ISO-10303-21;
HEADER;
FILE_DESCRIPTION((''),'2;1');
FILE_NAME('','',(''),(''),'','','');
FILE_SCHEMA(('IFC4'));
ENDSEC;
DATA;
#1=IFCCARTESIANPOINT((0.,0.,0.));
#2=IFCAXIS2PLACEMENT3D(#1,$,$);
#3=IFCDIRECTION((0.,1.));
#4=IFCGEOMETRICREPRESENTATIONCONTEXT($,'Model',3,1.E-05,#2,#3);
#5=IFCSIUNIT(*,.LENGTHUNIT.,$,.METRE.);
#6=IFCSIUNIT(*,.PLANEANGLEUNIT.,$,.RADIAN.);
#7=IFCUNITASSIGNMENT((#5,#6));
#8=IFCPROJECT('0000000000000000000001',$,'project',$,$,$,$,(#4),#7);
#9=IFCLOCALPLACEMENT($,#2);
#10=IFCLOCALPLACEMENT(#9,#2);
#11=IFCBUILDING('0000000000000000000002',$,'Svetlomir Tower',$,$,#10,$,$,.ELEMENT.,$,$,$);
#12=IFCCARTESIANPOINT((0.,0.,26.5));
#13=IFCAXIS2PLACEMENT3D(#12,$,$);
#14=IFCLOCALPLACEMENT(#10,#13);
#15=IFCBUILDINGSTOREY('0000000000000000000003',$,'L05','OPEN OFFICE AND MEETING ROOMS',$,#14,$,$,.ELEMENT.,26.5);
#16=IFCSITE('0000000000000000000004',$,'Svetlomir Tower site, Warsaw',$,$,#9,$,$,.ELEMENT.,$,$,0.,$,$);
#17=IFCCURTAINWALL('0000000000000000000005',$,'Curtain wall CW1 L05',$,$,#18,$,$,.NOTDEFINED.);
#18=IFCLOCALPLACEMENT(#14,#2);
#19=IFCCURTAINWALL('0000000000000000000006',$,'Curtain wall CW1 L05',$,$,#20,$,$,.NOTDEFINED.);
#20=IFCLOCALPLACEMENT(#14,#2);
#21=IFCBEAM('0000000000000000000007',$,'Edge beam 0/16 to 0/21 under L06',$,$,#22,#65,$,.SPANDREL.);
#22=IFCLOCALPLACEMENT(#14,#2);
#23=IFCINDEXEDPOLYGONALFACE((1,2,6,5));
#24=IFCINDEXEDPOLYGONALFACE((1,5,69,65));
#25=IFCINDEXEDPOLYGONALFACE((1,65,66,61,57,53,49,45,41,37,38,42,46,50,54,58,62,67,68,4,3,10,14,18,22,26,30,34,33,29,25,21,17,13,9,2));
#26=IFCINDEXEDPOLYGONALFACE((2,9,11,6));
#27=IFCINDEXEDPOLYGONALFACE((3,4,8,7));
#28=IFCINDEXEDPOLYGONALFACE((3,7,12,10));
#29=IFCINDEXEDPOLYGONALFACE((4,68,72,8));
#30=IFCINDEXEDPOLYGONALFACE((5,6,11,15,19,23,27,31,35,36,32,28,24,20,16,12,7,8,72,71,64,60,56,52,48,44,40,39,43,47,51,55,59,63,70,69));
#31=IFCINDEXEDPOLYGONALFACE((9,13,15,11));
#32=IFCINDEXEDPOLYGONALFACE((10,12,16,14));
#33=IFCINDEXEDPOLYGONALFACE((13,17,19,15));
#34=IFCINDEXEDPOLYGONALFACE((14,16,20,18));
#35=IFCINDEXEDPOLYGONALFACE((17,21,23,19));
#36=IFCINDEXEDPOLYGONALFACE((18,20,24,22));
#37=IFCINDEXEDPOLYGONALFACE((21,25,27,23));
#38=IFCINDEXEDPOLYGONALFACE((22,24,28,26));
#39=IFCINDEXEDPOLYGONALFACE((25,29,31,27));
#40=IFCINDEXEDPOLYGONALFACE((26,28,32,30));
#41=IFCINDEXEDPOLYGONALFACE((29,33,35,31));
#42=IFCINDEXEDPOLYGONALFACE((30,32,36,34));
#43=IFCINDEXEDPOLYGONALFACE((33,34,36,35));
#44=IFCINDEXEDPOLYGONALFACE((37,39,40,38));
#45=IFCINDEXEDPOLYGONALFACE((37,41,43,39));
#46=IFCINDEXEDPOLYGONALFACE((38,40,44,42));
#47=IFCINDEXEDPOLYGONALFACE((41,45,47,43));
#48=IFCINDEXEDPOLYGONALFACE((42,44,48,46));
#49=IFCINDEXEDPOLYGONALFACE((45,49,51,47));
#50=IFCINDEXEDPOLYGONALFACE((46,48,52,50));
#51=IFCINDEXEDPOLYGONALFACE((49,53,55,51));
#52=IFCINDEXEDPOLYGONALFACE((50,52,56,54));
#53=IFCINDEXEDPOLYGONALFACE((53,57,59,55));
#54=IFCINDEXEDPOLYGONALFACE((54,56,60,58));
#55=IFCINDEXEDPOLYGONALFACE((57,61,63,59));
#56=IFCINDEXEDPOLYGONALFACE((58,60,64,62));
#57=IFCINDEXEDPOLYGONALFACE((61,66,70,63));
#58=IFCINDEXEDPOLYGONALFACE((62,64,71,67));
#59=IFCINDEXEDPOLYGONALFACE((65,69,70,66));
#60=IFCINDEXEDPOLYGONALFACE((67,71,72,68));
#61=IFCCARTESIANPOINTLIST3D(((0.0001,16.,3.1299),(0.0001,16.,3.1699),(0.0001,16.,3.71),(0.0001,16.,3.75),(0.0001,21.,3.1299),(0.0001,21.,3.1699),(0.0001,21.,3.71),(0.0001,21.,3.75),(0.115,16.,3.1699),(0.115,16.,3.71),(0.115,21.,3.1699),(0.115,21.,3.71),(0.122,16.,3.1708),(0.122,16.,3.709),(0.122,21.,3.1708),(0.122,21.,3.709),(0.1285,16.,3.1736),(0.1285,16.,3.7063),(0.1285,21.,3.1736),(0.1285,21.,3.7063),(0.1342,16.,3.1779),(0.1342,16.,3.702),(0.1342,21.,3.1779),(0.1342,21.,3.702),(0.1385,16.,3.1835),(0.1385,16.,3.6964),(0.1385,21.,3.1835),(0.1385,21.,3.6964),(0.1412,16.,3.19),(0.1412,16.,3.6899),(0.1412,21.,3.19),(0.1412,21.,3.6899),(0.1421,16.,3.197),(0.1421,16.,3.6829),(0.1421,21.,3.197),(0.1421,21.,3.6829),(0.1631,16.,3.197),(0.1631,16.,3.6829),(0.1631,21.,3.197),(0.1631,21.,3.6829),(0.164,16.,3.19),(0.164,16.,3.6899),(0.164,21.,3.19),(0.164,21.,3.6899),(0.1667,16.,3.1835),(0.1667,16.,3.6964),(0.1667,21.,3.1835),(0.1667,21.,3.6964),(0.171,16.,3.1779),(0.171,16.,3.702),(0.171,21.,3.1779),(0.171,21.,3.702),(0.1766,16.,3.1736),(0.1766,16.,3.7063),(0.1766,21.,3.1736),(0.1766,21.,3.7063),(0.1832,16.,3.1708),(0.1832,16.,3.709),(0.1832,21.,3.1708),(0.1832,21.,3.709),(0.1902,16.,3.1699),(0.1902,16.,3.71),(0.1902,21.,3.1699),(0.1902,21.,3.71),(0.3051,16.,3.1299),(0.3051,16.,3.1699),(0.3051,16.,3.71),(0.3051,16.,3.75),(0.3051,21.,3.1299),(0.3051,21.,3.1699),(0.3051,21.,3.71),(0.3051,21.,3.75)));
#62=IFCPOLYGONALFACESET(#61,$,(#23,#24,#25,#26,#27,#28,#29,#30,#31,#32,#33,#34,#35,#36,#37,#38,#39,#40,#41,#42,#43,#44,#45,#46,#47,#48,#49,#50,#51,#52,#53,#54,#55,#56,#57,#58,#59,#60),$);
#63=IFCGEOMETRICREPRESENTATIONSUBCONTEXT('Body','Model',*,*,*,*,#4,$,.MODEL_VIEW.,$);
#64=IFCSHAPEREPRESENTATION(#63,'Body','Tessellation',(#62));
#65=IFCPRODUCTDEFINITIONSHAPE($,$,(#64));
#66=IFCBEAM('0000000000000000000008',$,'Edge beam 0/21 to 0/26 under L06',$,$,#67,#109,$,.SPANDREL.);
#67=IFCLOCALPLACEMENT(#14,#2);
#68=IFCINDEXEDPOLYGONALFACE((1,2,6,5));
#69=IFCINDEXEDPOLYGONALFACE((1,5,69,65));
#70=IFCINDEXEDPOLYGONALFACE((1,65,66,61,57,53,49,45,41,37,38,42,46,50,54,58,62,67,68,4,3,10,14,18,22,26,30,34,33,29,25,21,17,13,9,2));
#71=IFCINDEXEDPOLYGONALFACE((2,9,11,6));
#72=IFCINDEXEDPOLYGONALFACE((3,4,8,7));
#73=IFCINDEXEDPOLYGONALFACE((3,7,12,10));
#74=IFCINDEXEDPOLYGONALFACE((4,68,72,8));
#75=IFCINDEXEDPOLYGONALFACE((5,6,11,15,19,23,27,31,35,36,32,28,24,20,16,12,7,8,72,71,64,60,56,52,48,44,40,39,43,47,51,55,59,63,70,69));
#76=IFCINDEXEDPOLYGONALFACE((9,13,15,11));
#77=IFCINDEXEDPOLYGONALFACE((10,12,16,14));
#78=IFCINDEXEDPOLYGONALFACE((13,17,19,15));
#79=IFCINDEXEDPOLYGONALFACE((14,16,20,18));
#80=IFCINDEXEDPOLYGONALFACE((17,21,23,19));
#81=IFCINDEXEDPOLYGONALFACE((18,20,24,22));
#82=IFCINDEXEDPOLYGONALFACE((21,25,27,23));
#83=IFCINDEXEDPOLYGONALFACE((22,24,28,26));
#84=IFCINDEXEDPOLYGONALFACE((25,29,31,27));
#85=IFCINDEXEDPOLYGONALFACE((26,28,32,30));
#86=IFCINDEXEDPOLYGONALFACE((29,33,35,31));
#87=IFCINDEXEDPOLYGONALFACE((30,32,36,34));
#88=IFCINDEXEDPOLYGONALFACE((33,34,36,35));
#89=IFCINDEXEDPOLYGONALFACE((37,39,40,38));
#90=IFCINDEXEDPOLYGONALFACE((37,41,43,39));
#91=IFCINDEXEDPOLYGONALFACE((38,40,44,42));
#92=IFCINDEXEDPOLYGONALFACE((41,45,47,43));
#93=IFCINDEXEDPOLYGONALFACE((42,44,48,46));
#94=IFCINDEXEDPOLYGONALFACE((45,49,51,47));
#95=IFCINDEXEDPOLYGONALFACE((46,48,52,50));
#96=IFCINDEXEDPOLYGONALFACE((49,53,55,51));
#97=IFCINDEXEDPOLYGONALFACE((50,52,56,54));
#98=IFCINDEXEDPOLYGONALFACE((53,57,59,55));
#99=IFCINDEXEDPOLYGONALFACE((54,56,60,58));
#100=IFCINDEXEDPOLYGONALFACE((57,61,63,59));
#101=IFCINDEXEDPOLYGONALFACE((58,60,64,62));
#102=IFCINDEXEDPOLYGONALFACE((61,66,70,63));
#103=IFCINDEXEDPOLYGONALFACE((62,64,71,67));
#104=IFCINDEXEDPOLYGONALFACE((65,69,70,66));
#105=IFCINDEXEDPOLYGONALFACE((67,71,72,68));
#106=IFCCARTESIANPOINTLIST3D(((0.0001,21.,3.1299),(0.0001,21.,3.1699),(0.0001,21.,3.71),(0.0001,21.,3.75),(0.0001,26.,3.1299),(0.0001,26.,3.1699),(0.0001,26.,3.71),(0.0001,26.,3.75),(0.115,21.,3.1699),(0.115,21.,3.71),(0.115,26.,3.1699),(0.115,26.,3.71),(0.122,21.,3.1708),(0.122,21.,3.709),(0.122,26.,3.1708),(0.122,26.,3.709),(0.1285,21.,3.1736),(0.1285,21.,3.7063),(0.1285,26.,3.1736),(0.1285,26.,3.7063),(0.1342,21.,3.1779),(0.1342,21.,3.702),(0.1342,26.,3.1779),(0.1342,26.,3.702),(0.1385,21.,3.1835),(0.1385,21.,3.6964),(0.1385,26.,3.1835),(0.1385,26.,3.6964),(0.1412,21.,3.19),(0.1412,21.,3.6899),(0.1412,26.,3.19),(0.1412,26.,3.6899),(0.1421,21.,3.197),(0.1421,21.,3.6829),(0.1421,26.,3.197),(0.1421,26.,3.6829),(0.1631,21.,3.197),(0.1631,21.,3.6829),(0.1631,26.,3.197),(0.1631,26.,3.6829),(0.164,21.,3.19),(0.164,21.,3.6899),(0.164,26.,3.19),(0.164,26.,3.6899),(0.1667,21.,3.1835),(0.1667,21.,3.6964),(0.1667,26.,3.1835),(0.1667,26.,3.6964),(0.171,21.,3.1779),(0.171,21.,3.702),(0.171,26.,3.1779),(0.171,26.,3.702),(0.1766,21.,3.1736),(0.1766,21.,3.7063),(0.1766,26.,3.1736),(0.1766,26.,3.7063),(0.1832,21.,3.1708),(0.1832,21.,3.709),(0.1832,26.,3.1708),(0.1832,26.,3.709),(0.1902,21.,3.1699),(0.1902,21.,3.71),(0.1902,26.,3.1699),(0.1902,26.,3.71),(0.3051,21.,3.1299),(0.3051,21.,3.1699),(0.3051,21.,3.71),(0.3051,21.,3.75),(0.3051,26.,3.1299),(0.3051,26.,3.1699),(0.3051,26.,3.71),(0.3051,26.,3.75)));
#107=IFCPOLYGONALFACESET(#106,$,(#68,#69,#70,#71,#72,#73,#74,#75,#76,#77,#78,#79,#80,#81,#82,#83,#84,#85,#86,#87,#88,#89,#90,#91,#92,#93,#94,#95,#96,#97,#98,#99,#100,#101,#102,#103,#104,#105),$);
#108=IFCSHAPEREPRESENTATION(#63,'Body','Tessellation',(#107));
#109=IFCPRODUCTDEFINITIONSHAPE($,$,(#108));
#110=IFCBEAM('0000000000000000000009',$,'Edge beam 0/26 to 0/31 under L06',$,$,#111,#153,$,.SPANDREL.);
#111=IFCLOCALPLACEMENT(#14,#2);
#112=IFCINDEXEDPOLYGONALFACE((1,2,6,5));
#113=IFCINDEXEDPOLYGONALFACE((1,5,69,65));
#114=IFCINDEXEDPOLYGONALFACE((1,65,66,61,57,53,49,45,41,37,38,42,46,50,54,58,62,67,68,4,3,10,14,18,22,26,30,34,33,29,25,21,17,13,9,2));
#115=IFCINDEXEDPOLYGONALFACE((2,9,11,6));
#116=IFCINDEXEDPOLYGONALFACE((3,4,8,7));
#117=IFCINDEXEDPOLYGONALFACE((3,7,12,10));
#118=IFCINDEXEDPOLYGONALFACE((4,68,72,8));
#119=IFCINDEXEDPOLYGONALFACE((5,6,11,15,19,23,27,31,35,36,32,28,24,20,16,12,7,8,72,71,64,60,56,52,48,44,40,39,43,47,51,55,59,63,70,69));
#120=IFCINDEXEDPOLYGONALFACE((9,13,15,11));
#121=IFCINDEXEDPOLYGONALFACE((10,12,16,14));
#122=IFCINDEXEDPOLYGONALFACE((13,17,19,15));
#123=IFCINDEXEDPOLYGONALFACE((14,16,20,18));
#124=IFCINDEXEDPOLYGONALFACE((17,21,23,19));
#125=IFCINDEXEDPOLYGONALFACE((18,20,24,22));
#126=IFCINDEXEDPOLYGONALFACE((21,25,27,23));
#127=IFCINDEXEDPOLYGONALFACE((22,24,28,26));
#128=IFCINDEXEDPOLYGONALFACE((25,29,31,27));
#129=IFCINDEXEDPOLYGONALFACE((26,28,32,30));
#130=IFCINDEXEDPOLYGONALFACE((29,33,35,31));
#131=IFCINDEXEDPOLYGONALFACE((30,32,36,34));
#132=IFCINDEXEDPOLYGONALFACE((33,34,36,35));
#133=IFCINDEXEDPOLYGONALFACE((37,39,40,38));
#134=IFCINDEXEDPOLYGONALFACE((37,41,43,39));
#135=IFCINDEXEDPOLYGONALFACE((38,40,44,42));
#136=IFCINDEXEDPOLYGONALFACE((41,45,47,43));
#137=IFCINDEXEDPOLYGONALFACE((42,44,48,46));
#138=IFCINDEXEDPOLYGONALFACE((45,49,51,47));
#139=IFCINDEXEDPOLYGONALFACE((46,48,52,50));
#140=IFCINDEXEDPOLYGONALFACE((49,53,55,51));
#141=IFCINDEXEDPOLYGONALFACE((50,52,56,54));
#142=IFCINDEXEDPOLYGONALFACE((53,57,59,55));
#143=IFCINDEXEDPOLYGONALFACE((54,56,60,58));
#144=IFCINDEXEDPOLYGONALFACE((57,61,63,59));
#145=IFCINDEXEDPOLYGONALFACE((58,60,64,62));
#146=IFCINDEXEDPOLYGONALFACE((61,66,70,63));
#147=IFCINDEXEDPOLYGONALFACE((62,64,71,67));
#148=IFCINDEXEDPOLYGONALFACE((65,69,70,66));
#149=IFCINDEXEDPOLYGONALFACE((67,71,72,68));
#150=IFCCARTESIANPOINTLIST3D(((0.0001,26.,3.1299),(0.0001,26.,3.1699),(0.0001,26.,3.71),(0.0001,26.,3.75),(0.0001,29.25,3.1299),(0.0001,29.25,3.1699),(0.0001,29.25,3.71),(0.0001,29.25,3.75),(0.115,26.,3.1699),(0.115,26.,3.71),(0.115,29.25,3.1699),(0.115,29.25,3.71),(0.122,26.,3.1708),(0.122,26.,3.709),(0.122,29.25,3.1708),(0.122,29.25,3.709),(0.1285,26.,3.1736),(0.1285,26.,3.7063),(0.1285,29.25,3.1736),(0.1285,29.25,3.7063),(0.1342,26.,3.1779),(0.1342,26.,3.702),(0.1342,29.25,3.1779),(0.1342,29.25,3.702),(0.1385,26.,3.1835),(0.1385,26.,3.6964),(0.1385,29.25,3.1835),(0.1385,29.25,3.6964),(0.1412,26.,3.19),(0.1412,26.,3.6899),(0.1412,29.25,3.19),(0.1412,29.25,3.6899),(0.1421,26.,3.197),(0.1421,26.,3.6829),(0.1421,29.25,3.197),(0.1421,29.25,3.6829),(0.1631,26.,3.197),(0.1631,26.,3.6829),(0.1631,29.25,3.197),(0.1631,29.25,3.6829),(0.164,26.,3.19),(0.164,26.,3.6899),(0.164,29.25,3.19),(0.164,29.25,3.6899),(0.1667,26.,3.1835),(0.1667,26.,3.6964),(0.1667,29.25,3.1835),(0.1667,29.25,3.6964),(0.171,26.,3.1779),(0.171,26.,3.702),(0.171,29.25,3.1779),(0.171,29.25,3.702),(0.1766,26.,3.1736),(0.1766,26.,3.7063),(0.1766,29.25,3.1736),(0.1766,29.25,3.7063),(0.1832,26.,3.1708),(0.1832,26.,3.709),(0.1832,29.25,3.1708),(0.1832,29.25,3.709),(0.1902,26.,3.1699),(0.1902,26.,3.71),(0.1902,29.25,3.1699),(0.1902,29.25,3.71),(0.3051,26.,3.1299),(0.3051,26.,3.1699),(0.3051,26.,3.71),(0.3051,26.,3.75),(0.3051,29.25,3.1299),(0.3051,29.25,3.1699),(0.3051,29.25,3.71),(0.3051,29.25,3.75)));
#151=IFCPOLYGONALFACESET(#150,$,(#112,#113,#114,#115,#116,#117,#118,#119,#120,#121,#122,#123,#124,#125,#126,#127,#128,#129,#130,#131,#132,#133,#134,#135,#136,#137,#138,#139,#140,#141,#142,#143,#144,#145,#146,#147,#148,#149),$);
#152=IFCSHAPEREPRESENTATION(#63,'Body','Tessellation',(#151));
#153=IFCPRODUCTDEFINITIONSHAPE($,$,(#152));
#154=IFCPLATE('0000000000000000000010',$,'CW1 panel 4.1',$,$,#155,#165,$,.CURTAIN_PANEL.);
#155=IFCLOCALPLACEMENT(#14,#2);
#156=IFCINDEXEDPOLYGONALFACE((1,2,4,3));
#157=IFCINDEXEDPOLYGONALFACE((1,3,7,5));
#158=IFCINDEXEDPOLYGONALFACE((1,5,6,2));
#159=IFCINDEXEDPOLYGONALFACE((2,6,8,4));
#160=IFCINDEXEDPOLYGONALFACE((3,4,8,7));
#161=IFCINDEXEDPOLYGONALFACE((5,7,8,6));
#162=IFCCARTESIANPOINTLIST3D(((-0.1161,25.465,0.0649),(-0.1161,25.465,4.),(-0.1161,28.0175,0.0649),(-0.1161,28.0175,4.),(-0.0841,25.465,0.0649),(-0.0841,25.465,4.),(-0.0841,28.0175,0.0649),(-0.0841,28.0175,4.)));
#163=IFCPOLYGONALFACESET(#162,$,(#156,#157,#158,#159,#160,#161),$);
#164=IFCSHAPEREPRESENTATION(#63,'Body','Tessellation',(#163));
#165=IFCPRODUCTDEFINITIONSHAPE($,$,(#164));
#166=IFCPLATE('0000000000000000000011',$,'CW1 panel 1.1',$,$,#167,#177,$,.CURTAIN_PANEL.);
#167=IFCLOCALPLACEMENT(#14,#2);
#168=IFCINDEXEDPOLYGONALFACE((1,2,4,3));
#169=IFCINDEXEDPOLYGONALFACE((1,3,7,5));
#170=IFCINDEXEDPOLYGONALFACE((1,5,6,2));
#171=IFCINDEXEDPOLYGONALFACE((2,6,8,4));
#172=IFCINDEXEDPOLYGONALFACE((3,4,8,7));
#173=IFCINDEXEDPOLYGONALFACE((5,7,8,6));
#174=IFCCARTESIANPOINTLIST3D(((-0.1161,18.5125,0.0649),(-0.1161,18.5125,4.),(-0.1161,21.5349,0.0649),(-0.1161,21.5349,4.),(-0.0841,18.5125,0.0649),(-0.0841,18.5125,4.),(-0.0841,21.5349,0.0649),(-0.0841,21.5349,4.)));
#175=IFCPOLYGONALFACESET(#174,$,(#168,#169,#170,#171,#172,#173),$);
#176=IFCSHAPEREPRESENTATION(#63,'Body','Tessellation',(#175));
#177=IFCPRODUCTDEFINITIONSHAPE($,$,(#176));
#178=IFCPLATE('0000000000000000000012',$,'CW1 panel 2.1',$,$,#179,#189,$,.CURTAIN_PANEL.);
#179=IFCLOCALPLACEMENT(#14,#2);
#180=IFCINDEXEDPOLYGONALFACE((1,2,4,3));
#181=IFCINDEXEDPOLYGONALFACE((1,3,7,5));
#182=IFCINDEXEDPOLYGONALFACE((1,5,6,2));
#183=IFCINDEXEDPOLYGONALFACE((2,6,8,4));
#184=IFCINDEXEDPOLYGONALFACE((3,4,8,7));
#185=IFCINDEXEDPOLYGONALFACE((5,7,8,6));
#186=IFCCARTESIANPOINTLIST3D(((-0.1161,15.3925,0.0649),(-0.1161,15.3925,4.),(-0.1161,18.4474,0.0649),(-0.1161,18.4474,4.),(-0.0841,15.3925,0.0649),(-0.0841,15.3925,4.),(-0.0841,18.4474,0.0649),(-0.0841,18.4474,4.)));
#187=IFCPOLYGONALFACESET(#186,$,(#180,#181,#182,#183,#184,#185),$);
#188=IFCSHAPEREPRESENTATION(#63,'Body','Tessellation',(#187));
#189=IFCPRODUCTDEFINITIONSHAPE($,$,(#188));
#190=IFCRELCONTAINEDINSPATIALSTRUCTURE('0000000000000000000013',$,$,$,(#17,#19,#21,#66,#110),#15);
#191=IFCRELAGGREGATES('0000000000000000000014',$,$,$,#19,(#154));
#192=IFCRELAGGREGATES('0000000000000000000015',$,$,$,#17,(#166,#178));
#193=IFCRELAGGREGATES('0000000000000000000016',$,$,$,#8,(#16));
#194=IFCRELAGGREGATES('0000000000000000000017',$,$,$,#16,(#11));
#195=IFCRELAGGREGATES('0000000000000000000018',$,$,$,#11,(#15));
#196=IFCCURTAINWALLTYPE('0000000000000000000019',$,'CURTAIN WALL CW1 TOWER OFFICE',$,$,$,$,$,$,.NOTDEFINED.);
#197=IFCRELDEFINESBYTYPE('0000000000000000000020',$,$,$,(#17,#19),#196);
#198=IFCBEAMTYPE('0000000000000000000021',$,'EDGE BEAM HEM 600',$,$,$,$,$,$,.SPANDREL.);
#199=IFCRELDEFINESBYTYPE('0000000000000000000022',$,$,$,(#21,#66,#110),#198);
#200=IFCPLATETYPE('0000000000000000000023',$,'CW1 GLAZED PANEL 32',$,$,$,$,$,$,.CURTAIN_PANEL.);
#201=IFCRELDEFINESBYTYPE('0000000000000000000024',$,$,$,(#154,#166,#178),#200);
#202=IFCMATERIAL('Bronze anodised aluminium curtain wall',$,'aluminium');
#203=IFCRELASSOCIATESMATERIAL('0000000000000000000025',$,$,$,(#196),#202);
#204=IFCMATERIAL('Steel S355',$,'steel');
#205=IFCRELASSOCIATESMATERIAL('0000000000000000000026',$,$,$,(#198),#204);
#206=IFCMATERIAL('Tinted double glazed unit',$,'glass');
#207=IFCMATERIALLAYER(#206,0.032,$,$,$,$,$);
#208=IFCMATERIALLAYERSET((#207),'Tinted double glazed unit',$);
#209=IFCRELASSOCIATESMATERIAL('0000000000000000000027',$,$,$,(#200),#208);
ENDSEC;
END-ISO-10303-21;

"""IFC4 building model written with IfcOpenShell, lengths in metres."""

from ifc_helpers import new_model, si_unit, direction, frame, origin, origin_2d, place, context, subcontext, project, spatial, rectangle, i_section, extrude, material, layer, layer_set, material_profile, profile_set, type_object, element, aggregate, save


model = new_model("IFC4")

# Units and contexts
model_context = context("Model", 3, precision=1e-05, world=origin(), true_north=direction((0.0, 1.0)))
body_context = subcontext(model_context, "Body", "Model", "MODEL_VIEW")
ifc_project = project(units=[si_unit("LENGTHUNIT", "METRE"), si_unit("PLANEANGLEUNIT", "RADIAN")], contexts=[model_context])

# Site, building, storey
site_placement = place(None, origin())
site = spatial("IfcSite", under=ifc_project, at=site_placement, Name="Svetlomir Tower site, Warsaw", CompositionType="ELEMENT", RefElevation=0.0)
building_placement = place(site_placement, origin())
building = spatial("IfcBuilding", under=site, at=building_placement, Name="Svetlomir Tower", CompositionType="ELEMENT")
storey_placement = place(building_placement, frame((0.0, 0.0, 26.5)))
storey = spatial("IfcBuildingStorey", under=building, at=storey_placement, Name="L05", Description="OPEN OFFICE AND MEETING ROOMS", CompositionType="ELEMENT", Elevation=26.5)

# Curtain walls
ifc_material_1 = material(Name="Bronze anodised aluminium curtain wall", Category="aluminium")
curtain_wall_type = type_object("IfcCurtainWallType", Name="CURTAIN WALL CW1 TOWER OFFICE", PredefinedType="NOTDEFINED", material=ifc_material_1)
curtain_wall_1_placement = place(storey_placement, origin())
curtain_wall_1 = element("IfcCurtainWall", 1, at=curtain_wall_1_placement, inside=storey, type_object=curtain_wall_type, Name="Curtain wall CW1 L05", PredefinedType="NOTDEFINED")
curtain_wall_2_placement = place(storey_placement, origin())
curtain_wall_2 = element("IfcCurtainWall", 2, at=curtain_wall_2_placement, inside=storey, type_object=curtain_wall_type, Name="Curtain wall CW1 L05", PredefinedType="NOTDEFINED")

# Beams
ifc_material_2 = material(Name="Steel S355", Category="steel")
ifc_material_profile_1 = material_profile(ifc_material_2, i_section(OverallWidth=0.3049, OverallDepth=0.6201, WebThickness=0.021, FlangeThickness=0.04, FilletRadius=0.0271, at=origin_2d()), Name="HEM 600")
ifc_profile_set_1 = profile_set([ifc_material_profile_1], Name="Steel S355")
beam_type_1 = type_object("IfcBeamType", Name="EDGE BEAM HEM 600", PredefinedType="SPANDREL", material=ifc_profile_set_1)
for number, where, z_axis, x_axis, name in (
    (3, (0.1526, 16.0, 3.4399), (0.0, 1.0, 0.0), (-1.0, 0.0, 0.0), "Edge beam 0/16 to 0/21 under L06"),
    (4, (0.1526, 21.0, 3.4399), (0.0, 1.0, 0.0), (-1.0, 0.0, 0.0), "Edge beam 0/21 to 0/26 under L06"),
):
    element("IfcBeam", number, at=place(storey_placement, frame(where, z_axis=z_axis, x_axis=x_axis)), inside=storey, type_object=beam_type_1, Name=name, PredefinedType="SPANDREL", context=body_context, shape_type="SweptSolid", body=[
        extrude(i_section(OverallWidth=0.3049, OverallDepth=0.6201, WebThickness=0.021, FlangeThickness=0.04, FilletRadius=0.0271, at=origin_2d()), origin(), (0.0, 0.0, 1.0), 5.0),
    ])
beam_placement = place(storey_placement, frame((0.1526, 26.0, 3.4399), z_axis=(0.0, 1.0, 0.0), x_axis=(-1.0, 0.0, 0.0)))
element("IfcBeam", 5, at=beam_placement, inside=storey, type_object=beam_type_1, Name="Edge beam 0/26 to 0/31 under L06", PredefinedType="SPANDREL", context=body_context, shape_type="SweptSolid", body=[
    extrude(i_section(OverallWidth=0.3049, OverallDepth=0.6201, WebThickness=0.021, FlangeThickness=0.04, FilletRadius=0.0271, at=origin_2d()), origin(), (0.0, 0.0, 1.0), 3.25),
])

# Plates
ifc_material_3 = material(Name="Tinted double glazed unit", Category="glass")
ifc_layer_1 = layer(ifc_material_3, 0.032)
ifc_layer_set_1 = layer_set([ifc_layer_1], Name="Tinted double glazed unit")
plate_type = type_object("IfcPlateType", Name="CW1 GLAZED PANEL 32", PredefinedType="CURTAIN_PANEL", material=ifc_layer_set_1)
plate_1_placement = place(storey_placement, frame((-0.1001, 26.7412, 0.0649), z_axis=(0.0, 0.0, 1.0), x_axis=(0.0, -1.0, 0.0)))
plate_1 = element("IfcPlate", 6, at=plate_1_placement, type_object=plate_type, Name="CW1 panel 4.1", PredefinedType="CURTAIN_PANEL", context=body_context, shape_type="SweptSolid", body=[
    extrude(rectangle(XDim=2.5525, YDim=0.032, at=origin_2d()), origin(), (0.0, 0.0, 1.0), 3.9351),
])
aggregate(curtain_wall_2, [plate_1])
plate_2_placement = place(storey_placement, frame((-0.1001, 20.0237, 0.0649), z_axis=(0.0, 0.0, 1.0), x_axis=(0.0, -1.0, 0.0)))
plate_2 = element("IfcPlate", 7, at=plate_2_placement, type_object=plate_type, Name="CW1 panel 1.1", PredefinedType="CURTAIN_PANEL", context=body_context, shape_type="SweptSolid", body=[
    extrude(rectangle(XDim=3.0225, YDim=0.032, at=origin_2d()), origin(), (0.0, 0.0, 1.0), 3.9351),
])
plate_3_placement = place(storey_placement, frame((-0.1001, 16.9199, 0.0649), z_axis=(0.0, 0.0, 1.0), x_axis=(0.0, -1.0, 0.0)))
plate_3 = element("IfcPlate", 8, at=plate_3_placement, type_object=plate_type, Name="CW1 panel 2.1", PredefinedType="CURTAIN_PANEL", context=body_context, shape_type="SweptSolid", body=[
    extrude(rectangle(XDim=3.0549, YDim=0.032, at=origin_2d()), origin(), (0.0, 0.0, 1.0), 3.9351),
])
aggregate(curtain_wall_1, [plate_2, plate_3])

save(model, "model.ifc")
